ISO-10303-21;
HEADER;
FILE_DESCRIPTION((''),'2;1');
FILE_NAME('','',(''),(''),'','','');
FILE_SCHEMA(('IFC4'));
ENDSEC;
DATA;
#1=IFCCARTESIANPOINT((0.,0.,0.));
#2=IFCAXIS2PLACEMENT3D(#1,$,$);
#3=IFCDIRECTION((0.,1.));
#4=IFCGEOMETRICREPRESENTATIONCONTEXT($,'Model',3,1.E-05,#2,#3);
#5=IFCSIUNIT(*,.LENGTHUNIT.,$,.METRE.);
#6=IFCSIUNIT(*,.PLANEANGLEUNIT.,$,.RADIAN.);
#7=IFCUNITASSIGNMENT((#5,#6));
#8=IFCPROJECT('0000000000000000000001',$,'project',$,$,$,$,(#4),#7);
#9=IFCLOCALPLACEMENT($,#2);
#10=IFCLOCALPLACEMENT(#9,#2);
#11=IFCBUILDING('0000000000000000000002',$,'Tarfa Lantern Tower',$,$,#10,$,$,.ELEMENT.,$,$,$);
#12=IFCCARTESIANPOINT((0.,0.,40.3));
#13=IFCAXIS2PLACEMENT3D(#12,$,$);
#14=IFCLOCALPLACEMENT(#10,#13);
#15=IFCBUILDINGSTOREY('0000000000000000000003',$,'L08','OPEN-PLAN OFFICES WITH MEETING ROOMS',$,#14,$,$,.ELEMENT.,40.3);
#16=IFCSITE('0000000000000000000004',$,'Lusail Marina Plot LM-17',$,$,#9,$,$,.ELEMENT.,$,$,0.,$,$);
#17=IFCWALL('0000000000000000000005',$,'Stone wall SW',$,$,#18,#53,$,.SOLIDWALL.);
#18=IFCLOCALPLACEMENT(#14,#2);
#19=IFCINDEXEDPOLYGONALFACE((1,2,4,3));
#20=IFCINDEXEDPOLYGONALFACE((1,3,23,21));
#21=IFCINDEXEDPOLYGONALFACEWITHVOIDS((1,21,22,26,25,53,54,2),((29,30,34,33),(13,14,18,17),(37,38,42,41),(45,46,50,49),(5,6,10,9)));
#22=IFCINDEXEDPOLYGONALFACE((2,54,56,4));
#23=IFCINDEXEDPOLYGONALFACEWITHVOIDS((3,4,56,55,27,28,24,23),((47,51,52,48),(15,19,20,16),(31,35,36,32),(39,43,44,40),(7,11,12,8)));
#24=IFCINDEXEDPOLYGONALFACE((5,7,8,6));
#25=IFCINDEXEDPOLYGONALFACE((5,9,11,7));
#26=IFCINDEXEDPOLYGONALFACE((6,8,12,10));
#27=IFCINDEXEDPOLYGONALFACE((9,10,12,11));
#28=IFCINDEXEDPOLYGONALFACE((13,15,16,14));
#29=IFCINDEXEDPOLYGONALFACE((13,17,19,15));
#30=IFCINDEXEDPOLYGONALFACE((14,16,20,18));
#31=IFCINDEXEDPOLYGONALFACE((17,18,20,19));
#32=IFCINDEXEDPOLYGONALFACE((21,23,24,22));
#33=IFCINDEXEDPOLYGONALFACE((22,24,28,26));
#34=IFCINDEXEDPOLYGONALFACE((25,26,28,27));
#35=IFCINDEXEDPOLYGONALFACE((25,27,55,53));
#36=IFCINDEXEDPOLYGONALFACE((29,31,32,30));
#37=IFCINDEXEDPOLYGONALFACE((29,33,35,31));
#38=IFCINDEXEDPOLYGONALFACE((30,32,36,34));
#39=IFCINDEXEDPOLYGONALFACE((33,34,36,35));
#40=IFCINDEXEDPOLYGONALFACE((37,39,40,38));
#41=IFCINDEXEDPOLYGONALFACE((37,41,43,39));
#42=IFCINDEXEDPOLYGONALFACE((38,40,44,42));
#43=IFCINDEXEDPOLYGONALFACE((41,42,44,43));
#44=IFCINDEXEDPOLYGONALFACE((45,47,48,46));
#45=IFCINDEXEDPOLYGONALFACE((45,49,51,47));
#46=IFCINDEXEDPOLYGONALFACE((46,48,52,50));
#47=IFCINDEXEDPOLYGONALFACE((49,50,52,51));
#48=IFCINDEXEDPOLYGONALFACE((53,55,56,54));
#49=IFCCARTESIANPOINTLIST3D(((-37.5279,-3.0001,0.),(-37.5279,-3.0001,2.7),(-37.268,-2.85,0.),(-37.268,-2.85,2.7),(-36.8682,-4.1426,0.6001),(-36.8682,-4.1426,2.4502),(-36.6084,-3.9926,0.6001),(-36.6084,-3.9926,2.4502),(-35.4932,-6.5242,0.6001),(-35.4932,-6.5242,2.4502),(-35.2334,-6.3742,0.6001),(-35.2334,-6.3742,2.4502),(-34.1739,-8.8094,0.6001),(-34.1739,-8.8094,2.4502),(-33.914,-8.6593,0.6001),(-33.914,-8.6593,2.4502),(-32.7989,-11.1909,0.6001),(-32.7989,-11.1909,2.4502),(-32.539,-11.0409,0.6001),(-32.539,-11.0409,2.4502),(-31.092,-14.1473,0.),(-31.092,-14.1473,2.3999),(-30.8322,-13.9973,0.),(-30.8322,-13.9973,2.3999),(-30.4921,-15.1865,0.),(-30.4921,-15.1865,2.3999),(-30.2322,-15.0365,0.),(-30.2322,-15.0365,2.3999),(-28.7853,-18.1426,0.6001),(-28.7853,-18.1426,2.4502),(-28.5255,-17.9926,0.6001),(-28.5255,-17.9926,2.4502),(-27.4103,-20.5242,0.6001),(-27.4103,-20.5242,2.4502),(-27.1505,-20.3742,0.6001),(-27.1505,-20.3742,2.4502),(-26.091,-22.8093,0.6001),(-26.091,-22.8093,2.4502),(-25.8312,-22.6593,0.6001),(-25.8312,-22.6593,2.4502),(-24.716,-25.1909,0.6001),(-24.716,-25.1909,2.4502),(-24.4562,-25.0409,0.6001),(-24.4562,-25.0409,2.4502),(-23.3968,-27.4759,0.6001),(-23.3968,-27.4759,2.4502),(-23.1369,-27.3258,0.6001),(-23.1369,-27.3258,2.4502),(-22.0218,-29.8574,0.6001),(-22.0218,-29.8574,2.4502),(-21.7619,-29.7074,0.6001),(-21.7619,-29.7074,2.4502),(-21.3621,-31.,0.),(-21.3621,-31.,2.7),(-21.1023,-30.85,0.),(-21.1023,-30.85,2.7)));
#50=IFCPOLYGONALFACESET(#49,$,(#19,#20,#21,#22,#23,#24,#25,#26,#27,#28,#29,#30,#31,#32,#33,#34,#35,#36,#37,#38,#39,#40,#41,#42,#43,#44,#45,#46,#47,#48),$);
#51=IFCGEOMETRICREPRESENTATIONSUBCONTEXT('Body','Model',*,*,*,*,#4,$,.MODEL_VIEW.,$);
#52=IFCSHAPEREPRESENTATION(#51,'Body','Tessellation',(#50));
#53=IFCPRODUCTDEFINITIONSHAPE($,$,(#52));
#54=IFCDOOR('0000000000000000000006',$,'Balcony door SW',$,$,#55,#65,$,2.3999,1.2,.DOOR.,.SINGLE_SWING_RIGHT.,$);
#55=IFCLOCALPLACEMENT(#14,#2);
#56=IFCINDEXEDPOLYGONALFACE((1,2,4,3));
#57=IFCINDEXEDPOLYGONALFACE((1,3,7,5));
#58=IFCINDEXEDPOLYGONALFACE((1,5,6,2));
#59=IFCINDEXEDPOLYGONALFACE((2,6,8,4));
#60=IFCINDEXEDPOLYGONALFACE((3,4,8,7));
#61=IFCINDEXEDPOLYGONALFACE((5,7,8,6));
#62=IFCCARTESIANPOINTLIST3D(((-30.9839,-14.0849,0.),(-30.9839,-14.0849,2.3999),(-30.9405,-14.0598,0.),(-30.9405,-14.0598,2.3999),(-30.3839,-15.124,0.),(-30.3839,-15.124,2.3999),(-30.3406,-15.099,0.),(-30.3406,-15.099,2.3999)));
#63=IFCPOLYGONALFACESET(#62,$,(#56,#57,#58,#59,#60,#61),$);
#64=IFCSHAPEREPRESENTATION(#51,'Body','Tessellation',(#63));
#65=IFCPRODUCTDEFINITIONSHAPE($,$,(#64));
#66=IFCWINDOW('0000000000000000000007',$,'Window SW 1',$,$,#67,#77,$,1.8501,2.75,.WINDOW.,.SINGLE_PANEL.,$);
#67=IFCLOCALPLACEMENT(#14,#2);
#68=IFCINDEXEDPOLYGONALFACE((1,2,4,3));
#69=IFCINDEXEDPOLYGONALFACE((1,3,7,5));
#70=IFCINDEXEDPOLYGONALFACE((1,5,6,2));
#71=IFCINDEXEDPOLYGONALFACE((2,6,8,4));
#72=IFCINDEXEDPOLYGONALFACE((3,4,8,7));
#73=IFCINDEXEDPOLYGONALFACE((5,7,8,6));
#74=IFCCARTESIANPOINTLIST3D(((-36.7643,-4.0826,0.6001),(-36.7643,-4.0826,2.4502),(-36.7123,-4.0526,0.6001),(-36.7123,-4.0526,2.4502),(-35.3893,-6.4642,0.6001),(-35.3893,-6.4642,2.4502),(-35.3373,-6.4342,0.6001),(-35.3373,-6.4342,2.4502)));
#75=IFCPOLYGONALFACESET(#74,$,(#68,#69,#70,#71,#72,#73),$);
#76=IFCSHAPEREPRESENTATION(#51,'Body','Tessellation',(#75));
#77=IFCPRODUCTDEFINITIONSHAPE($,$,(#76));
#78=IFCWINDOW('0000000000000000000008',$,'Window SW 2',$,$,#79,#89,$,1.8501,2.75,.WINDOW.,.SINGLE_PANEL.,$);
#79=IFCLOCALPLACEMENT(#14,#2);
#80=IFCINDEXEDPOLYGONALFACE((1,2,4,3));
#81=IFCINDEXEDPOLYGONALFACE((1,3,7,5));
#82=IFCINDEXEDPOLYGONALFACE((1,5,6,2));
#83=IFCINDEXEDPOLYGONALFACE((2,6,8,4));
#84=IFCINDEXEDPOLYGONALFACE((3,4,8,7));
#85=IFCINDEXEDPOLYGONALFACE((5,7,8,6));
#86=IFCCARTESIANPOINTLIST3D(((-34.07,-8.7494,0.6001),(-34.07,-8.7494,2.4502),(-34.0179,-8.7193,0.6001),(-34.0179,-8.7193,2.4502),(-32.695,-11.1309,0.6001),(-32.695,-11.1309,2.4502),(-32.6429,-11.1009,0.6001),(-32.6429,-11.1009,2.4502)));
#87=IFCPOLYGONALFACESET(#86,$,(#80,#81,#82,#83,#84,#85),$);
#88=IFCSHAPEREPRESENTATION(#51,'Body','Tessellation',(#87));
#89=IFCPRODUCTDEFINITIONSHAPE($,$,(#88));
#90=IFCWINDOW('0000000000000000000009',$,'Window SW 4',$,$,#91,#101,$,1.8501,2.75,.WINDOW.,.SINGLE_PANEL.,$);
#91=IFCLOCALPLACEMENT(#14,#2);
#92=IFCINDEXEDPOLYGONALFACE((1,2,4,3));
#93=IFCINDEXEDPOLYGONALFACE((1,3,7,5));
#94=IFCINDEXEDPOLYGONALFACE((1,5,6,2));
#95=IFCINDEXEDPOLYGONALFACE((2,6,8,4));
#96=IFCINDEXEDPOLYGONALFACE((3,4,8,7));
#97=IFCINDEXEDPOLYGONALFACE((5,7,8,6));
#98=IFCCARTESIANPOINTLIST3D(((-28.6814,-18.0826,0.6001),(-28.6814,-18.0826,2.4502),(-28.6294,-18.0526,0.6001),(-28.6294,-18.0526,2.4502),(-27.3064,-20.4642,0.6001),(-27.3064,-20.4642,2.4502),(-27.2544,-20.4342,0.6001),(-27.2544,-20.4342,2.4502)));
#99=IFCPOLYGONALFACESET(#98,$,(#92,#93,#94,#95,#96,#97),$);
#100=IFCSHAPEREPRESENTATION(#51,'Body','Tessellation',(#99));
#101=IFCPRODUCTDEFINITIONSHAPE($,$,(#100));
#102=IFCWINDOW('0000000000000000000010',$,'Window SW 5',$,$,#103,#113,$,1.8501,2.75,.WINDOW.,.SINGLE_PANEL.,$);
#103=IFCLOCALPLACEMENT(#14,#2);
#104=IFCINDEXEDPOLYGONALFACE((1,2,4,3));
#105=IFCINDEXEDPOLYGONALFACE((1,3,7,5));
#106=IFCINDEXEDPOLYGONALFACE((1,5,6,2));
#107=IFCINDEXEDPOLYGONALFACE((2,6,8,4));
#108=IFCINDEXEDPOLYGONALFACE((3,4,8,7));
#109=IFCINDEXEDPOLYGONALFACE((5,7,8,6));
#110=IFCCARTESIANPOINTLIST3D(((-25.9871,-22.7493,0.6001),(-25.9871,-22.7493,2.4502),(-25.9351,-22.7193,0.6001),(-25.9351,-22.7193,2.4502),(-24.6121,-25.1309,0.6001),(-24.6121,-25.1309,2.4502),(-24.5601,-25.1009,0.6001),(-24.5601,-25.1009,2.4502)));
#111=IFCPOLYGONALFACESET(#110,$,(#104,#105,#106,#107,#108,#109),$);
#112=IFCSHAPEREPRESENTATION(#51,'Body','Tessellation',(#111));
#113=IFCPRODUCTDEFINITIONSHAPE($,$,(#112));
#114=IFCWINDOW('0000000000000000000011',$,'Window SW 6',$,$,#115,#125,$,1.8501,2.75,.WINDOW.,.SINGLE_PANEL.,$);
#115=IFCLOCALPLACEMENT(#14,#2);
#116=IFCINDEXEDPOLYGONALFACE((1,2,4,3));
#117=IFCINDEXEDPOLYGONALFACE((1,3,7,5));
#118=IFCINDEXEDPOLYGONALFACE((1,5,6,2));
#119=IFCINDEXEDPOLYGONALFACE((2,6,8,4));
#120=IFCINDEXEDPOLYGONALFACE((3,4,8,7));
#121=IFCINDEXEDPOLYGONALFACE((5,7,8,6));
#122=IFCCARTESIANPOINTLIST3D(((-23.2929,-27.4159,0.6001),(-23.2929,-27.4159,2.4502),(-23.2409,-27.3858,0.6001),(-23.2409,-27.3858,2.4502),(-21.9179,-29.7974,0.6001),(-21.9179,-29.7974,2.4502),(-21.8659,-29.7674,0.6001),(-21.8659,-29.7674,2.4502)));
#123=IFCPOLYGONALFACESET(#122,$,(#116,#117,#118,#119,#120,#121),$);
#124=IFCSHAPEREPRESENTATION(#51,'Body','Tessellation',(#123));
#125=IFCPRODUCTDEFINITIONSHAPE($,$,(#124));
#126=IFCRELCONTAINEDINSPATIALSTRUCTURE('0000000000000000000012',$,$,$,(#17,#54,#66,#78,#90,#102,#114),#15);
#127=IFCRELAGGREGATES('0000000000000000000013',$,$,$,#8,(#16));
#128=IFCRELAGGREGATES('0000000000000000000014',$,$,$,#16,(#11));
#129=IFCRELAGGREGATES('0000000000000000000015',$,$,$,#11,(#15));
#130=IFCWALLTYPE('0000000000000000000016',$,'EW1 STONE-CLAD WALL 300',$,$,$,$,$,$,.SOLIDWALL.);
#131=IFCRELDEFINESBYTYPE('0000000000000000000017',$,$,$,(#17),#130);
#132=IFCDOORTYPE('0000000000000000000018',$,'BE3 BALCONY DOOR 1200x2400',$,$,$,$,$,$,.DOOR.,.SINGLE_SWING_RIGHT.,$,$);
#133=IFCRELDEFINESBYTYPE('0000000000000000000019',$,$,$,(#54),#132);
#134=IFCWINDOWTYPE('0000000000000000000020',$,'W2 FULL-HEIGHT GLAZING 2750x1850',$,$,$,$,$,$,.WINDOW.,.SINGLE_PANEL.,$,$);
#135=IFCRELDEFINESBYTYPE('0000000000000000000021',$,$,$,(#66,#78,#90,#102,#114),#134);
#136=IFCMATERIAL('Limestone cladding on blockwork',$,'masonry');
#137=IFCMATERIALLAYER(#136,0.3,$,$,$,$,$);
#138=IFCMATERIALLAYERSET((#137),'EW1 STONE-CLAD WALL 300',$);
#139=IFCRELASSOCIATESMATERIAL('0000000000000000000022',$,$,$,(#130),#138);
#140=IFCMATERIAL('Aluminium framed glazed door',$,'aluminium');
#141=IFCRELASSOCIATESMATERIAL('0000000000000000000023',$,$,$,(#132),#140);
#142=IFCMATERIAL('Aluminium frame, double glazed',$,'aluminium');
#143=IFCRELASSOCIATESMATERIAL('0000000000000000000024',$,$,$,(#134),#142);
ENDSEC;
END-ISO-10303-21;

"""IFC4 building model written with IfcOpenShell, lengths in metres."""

from ifc_helpers import new_model, si_unit, direction, frame, frame_2d, origin, place, context, subcontext, project, spatial, rectangle, extrude, material, layer, layer_set, type_object, element, fill, save


model = new_model("IFC4")

# Units and contexts
model_context = context("Model", 3, precision=1e-05, world=origin(), true_north=direction((0.0, 1.0)))
body_context = subcontext(model_context, "Body", "Model", "MODEL_VIEW")
ifc_project = project(units=[si_unit("LENGTHUNIT", "METRE"), si_unit("PLANEANGLEUNIT", "RADIAN")], contexts=[model_context])

# Site, building, storey
site_placement = place(None, origin())
site = spatial("IfcSite", under=ifc_project, at=site_placement, Name="Lusail Marina Plot LM-17", CompositionType="ELEMENT", RefElevation=0.0)
building_placement = place(site_placement, origin())
building = spatial("IfcBuilding", under=site, at=building_placement, Name="Tarfa Lantern Tower", CompositionType="ELEMENT")
storey_placement = place(building_placement, frame((0.0, 0.0, 40.3)))
storey = spatial("IfcBuildingStorey", under=building, at=storey_placement, Name="L08", Description="OPEN-PLAN OFFICES WITH MEETING ROOMS", CompositionType="ELEMENT", Elevation=40.3)

# Wall, openings, door, windows
ifc_material_1 = material(Name="Limestone cladding on blockwork", Category="masonry")
ifc_layer_1 = layer(ifc_material_1, 0.3)
ifc_layer_set_1 = layer_set([ifc_layer_1], Name="EW1 STONE-CLAD WALL 300")
wall_type = type_object("IfcWallType", Name="EW1 STONE-CLAD WALL 300", PredefinedType="SOLIDWALL", material=ifc_layer_set_1)
wall_placement = place(storey_placement, frame((-37.3979, -2.925, 0.0), z_axis=(0.0, 0.0, 1.0), x_axis=(0.499999, -0.866026, 0.0)))
wall = element("IfcWall", 1, at=wall_placement, inside=storey, type_object=wall_type, Name="Stone wall SW", PredefinedType="SOLIDWALL", context=body_context, shape_type="SweptSolid", body=[
    extrude(rectangle(XDim=32.3315, YDim=0.3, at=frame_2d((16.1658, 0.0))), origin(), (0.0, 0.0, 1.0), 2.7),
])
opening_1_placement = place(wall_placement, frame((1.3193, 0.0, 0.6001)))
opening_1 = element("IfcOpeningElement", 2, at=opening_1_placement, cuts=wall, PredefinedType="OPENING", context=body_context, shape_type="SweptSolid", body=[
    extrude(rectangle(XDim=2.75, YDim=1.8501, at=frame_2d((1.375, 0.925))), frame((0.0, 0.1599, 0.0), z_axis=(0.0, -1.0, 0.0), x_axis=(1.0, 0.0, 0.0)), (0.0, 0.0, 1.0), 0.3201),
])
opening_2_placement = place(wall_placement, frame((6.708, 0.0, 0.6001)))
opening_2 = element("IfcOpeningElement", 3, at=opening_2_placement, cuts=wall, PredefinedType="OPENING", context=body_context, shape_type="SweptSolid", body=[
    extrude(rectangle(XDim=2.75, YDim=1.8501, at=frame_2d((1.375, 0.925))), frame((0.0, 0.1599, 0.0), z_axis=(0.0, -1.0, 0.0), x_axis=(1.0, 0.0, 0.0)), (0.0, 0.0, 1.0), 0.3201),
])
opening_3_placement = place(wall_placement, frame((12.8716, 0.0, 0.0)))
opening_3 = element("IfcOpeningElement", 4, at=opening_3_placement, cuts=wall, PredefinedType="OPENING", context=body_context, shape_type="SweptSolid", body=[
    extrude(rectangle(XDim=1.2, YDim=2.3999, at=frame_2d((0.6001, 1.2))), frame((0.0, 0.1599, 0.0), z_axis=(0.0, -1.0, 0.0), x_axis=(1.0, 0.0, 0.0)), (0.0, 0.0, 1.0), 0.3201),
])
opening_4_placement = place(wall_placement, frame((17.4851, 0.0, 0.6001)))
opening_4 = element("IfcOpeningElement", 5, at=opening_4_placement, cuts=wall, PredefinedType="OPENING", context=body_context, shape_type="SweptSolid", body=[
    extrude(rectangle(XDim=2.75, YDim=1.8501, at=frame_2d((1.375, 0.925))), frame((0.0, 0.1599, 0.0), z_axis=(0.0, -1.0, 0.0), x_axis=(1.0, 0.0, 0.0)), (0.0, 0.0, 1.0), 0.3201),
])
opening_5_placement = place(wall_placement, frame((22.8738, 0.0, 0.6001)))
opening_5 = element("IfcOpeningElement", 6, at=opening_5_placement, cuts=wall, PredefinedType="OPENING", context=body_context, shape_type="SweptSolid", body=[
    extrude(rectangle(XDim=2.75, YDim=1.8501, at=frame_2d((1.375, 0.925))), frame((0.0, 0.1599, 0.0), z_axis=(0.0, -1.0, 0.0), x_axis=(1.0, 0.0, 0.0)), (0.0, 0.0, 1.0), 0.3201),
])
opening_6_placement = place(wall_placement, frame((28.2622, 0.0, 0.6001)))
opening_6 = element("IfcOpeningElement", 7, at=opening_6_placement, cuts=wall, PredefinedType="OPENING", context=body_context, shape_type="SweptSolid", body=[
    extrude(rectangle(XDim=2.75, YDim=1.8501, at=frame_2d((1.375, 0.925))), frame((0.0, 0.1599, 0.0), z_axis=(0.0, -1.0, 0.0), x_axis=(1.0, 0.0, 0.0)), (0.0, 0.0, 1.0), 0.3201),
])
ifc_material_2 = material(Name="Aluminium framed glazed door", Category="aluminium")
door_type = type_object("IfcDoorType", Name="BE3 BALCONY DOOR 1200x2400", OperationType="SINGLE_SWING_RIGHT", PredefinedType="DOOR", material=ifc_material_2)
door_placement = place(opening_3_placement, origin())
door = element("IfcDoor", 8, at=door_placement, inside=storey, type_object=door_type, Name="Balcony door SW", OperationType="SINGLE_SWING_RIGHT", OverallHeight=2.3999, OverallWidth=1.2, PredefinedType="DOOR", context=body_context, shape_type="SweptSolid", body=[
    extrude(rectangle(XDim=1.2, YDim=2.3999, at=frame_2d((0.6001, 1.2))), frame((0.0, 0.0249, 0.0), z_axis=(0.0, -1.0, 0.0), x_axis=(1.0, 0.0, 0.0)), (0.0, 0.0, 1.0), 0.05),
])
fill(opening_3, door)
ifc_material_3 = material(Name="Aluminium frame, double glazed", Category="aluminium")
window_type = type_object("IfcWindowType", Name="W2 FULL-HEIGHT GLAZING 2750x1850", PartitioningType="SINGLE_PANEL", PredefinedType="WINDOW", material=ifc_material_3)
window_1_placement = place(opening_1_placement, origin())
window_1 = element("IfcWindow", 9, at=window_1_placement, inside=storey, type_object=window_type, Name="Window SW 1", OverallHeight=1.8501, OverallWidth=2.75, PartitioningType="SINGLE_PANEL", PredefinedType="WINDOW", context=body_context, shape_type="SweptSolid", body=[
    extrude(rectangle(XDim=2.75, YDim=1.8501, at=frame_2d((1.375, 0.925))), frame((0.0, 0.03, 0.0), z_axis=(0.0, -1.0, 0.0), x_axis=(1.0, 0.0, 0.0)), (0.0, 0.0, 1.0), 0.0601),
])
fill(opening_1, window_1)
window_2_placement = place(opening_2_placement, origin())
window_2 = element("IfcWindow", 10, at=window_2_placement, inside=storey, type_object=window_type, Name="Window SW 2", OverallHeight=1.8501, OverallWidth=2.75, PartitioningType="SINGLE_PANEL", PredefinedType="WINDOW", context=body_context, shape_type="SweptSolid", body=[
    extrude(rectangle(XDim=2.75, YDim=1.8501, at=frame_2d((1.375, 0.925))), frame((0.0, 0.03, 0.0), z_axis=(0.0, -1.0, 0.0), x_axis=(1.0, 0.0, 0.0)), (0.0, 0.0, 1.0), 0.0601),
])
fill(opening_2, window_2)
window_3_placement = place(opening_4_placement, origin())
window_3 = element("IfcWindow", 11, at=window_3_placement, inside=storey, type_object=window_type, Name="Window SW 4", OverallHeight=1.8501, OverallWidth=2.75, PartitioningType="SINGLE_PANEL", PredefinedType="WINDOW", context=body_context, shape_type="SweptSolid", body=[
    extrude(rectangle(XDim=2.75, YDim=1.8501, at=frame_2d((1.375, 0.925))), frame((0.0, 0.03, 0.0), z_axis=(0.0, -1.0, 0.0), x_axis=(1.0, 0.0, 0.0)), (0.0, 0.0, 1.0), 0.0601),
])
fill(opening_4, window_3)
window_4_placement = place(opening_5_placement, origin())
window_4 = element("IfcWindow", 12, at=window_4_placement, inside=storey, type_object=window_type, Name="Window SW 5", OverallHeight=1.8501, OverallWidth=2.75, PartitioningType="SINGLE_PANEL", PredefinedType="WINDOW", context=body_context, shape_type="SweptSolid", body=[
    extrude(rectangle(XDim=2.75, YDim=1.8501, at=frame_2d((1.375, 0.925))), frame((0.0, 0.03, 0.0), z_axis=(0.0, -1.0, 0.0), x_axis=(1.0, 0.0, 0.0)), (0.0, 0.0, 1.0), 0.0601),
])
fill(opening_5, window_4)
window_5_placement = place(opening_6_placement, origin())
window_5 = element("IfcWindow", 13, at=window_5_placement, inside=storey, type_object=window_type, Name="Window SW 6", OverallHeight=1.8501, OverallWidth=2.75, PartitioningType="SINGLE_PANEL", PredefinedType="WINDOW", context=body_context, shape_type="SweptSolid", body=[
    extrude(rectangle(XDim=2.75, YDim=1.8501, at=frame_2d((1.375, 0.925))), frame((0.0, 0.03, 0.0), z_axis=(0.0, -1.0, 0.0), x_axis=(1.0, 0.0, 0.0)), (0.0, 0.0, 1.0), 0.0601),
])
fill(opening_6, window_5)

save(model, "model.ifc")
